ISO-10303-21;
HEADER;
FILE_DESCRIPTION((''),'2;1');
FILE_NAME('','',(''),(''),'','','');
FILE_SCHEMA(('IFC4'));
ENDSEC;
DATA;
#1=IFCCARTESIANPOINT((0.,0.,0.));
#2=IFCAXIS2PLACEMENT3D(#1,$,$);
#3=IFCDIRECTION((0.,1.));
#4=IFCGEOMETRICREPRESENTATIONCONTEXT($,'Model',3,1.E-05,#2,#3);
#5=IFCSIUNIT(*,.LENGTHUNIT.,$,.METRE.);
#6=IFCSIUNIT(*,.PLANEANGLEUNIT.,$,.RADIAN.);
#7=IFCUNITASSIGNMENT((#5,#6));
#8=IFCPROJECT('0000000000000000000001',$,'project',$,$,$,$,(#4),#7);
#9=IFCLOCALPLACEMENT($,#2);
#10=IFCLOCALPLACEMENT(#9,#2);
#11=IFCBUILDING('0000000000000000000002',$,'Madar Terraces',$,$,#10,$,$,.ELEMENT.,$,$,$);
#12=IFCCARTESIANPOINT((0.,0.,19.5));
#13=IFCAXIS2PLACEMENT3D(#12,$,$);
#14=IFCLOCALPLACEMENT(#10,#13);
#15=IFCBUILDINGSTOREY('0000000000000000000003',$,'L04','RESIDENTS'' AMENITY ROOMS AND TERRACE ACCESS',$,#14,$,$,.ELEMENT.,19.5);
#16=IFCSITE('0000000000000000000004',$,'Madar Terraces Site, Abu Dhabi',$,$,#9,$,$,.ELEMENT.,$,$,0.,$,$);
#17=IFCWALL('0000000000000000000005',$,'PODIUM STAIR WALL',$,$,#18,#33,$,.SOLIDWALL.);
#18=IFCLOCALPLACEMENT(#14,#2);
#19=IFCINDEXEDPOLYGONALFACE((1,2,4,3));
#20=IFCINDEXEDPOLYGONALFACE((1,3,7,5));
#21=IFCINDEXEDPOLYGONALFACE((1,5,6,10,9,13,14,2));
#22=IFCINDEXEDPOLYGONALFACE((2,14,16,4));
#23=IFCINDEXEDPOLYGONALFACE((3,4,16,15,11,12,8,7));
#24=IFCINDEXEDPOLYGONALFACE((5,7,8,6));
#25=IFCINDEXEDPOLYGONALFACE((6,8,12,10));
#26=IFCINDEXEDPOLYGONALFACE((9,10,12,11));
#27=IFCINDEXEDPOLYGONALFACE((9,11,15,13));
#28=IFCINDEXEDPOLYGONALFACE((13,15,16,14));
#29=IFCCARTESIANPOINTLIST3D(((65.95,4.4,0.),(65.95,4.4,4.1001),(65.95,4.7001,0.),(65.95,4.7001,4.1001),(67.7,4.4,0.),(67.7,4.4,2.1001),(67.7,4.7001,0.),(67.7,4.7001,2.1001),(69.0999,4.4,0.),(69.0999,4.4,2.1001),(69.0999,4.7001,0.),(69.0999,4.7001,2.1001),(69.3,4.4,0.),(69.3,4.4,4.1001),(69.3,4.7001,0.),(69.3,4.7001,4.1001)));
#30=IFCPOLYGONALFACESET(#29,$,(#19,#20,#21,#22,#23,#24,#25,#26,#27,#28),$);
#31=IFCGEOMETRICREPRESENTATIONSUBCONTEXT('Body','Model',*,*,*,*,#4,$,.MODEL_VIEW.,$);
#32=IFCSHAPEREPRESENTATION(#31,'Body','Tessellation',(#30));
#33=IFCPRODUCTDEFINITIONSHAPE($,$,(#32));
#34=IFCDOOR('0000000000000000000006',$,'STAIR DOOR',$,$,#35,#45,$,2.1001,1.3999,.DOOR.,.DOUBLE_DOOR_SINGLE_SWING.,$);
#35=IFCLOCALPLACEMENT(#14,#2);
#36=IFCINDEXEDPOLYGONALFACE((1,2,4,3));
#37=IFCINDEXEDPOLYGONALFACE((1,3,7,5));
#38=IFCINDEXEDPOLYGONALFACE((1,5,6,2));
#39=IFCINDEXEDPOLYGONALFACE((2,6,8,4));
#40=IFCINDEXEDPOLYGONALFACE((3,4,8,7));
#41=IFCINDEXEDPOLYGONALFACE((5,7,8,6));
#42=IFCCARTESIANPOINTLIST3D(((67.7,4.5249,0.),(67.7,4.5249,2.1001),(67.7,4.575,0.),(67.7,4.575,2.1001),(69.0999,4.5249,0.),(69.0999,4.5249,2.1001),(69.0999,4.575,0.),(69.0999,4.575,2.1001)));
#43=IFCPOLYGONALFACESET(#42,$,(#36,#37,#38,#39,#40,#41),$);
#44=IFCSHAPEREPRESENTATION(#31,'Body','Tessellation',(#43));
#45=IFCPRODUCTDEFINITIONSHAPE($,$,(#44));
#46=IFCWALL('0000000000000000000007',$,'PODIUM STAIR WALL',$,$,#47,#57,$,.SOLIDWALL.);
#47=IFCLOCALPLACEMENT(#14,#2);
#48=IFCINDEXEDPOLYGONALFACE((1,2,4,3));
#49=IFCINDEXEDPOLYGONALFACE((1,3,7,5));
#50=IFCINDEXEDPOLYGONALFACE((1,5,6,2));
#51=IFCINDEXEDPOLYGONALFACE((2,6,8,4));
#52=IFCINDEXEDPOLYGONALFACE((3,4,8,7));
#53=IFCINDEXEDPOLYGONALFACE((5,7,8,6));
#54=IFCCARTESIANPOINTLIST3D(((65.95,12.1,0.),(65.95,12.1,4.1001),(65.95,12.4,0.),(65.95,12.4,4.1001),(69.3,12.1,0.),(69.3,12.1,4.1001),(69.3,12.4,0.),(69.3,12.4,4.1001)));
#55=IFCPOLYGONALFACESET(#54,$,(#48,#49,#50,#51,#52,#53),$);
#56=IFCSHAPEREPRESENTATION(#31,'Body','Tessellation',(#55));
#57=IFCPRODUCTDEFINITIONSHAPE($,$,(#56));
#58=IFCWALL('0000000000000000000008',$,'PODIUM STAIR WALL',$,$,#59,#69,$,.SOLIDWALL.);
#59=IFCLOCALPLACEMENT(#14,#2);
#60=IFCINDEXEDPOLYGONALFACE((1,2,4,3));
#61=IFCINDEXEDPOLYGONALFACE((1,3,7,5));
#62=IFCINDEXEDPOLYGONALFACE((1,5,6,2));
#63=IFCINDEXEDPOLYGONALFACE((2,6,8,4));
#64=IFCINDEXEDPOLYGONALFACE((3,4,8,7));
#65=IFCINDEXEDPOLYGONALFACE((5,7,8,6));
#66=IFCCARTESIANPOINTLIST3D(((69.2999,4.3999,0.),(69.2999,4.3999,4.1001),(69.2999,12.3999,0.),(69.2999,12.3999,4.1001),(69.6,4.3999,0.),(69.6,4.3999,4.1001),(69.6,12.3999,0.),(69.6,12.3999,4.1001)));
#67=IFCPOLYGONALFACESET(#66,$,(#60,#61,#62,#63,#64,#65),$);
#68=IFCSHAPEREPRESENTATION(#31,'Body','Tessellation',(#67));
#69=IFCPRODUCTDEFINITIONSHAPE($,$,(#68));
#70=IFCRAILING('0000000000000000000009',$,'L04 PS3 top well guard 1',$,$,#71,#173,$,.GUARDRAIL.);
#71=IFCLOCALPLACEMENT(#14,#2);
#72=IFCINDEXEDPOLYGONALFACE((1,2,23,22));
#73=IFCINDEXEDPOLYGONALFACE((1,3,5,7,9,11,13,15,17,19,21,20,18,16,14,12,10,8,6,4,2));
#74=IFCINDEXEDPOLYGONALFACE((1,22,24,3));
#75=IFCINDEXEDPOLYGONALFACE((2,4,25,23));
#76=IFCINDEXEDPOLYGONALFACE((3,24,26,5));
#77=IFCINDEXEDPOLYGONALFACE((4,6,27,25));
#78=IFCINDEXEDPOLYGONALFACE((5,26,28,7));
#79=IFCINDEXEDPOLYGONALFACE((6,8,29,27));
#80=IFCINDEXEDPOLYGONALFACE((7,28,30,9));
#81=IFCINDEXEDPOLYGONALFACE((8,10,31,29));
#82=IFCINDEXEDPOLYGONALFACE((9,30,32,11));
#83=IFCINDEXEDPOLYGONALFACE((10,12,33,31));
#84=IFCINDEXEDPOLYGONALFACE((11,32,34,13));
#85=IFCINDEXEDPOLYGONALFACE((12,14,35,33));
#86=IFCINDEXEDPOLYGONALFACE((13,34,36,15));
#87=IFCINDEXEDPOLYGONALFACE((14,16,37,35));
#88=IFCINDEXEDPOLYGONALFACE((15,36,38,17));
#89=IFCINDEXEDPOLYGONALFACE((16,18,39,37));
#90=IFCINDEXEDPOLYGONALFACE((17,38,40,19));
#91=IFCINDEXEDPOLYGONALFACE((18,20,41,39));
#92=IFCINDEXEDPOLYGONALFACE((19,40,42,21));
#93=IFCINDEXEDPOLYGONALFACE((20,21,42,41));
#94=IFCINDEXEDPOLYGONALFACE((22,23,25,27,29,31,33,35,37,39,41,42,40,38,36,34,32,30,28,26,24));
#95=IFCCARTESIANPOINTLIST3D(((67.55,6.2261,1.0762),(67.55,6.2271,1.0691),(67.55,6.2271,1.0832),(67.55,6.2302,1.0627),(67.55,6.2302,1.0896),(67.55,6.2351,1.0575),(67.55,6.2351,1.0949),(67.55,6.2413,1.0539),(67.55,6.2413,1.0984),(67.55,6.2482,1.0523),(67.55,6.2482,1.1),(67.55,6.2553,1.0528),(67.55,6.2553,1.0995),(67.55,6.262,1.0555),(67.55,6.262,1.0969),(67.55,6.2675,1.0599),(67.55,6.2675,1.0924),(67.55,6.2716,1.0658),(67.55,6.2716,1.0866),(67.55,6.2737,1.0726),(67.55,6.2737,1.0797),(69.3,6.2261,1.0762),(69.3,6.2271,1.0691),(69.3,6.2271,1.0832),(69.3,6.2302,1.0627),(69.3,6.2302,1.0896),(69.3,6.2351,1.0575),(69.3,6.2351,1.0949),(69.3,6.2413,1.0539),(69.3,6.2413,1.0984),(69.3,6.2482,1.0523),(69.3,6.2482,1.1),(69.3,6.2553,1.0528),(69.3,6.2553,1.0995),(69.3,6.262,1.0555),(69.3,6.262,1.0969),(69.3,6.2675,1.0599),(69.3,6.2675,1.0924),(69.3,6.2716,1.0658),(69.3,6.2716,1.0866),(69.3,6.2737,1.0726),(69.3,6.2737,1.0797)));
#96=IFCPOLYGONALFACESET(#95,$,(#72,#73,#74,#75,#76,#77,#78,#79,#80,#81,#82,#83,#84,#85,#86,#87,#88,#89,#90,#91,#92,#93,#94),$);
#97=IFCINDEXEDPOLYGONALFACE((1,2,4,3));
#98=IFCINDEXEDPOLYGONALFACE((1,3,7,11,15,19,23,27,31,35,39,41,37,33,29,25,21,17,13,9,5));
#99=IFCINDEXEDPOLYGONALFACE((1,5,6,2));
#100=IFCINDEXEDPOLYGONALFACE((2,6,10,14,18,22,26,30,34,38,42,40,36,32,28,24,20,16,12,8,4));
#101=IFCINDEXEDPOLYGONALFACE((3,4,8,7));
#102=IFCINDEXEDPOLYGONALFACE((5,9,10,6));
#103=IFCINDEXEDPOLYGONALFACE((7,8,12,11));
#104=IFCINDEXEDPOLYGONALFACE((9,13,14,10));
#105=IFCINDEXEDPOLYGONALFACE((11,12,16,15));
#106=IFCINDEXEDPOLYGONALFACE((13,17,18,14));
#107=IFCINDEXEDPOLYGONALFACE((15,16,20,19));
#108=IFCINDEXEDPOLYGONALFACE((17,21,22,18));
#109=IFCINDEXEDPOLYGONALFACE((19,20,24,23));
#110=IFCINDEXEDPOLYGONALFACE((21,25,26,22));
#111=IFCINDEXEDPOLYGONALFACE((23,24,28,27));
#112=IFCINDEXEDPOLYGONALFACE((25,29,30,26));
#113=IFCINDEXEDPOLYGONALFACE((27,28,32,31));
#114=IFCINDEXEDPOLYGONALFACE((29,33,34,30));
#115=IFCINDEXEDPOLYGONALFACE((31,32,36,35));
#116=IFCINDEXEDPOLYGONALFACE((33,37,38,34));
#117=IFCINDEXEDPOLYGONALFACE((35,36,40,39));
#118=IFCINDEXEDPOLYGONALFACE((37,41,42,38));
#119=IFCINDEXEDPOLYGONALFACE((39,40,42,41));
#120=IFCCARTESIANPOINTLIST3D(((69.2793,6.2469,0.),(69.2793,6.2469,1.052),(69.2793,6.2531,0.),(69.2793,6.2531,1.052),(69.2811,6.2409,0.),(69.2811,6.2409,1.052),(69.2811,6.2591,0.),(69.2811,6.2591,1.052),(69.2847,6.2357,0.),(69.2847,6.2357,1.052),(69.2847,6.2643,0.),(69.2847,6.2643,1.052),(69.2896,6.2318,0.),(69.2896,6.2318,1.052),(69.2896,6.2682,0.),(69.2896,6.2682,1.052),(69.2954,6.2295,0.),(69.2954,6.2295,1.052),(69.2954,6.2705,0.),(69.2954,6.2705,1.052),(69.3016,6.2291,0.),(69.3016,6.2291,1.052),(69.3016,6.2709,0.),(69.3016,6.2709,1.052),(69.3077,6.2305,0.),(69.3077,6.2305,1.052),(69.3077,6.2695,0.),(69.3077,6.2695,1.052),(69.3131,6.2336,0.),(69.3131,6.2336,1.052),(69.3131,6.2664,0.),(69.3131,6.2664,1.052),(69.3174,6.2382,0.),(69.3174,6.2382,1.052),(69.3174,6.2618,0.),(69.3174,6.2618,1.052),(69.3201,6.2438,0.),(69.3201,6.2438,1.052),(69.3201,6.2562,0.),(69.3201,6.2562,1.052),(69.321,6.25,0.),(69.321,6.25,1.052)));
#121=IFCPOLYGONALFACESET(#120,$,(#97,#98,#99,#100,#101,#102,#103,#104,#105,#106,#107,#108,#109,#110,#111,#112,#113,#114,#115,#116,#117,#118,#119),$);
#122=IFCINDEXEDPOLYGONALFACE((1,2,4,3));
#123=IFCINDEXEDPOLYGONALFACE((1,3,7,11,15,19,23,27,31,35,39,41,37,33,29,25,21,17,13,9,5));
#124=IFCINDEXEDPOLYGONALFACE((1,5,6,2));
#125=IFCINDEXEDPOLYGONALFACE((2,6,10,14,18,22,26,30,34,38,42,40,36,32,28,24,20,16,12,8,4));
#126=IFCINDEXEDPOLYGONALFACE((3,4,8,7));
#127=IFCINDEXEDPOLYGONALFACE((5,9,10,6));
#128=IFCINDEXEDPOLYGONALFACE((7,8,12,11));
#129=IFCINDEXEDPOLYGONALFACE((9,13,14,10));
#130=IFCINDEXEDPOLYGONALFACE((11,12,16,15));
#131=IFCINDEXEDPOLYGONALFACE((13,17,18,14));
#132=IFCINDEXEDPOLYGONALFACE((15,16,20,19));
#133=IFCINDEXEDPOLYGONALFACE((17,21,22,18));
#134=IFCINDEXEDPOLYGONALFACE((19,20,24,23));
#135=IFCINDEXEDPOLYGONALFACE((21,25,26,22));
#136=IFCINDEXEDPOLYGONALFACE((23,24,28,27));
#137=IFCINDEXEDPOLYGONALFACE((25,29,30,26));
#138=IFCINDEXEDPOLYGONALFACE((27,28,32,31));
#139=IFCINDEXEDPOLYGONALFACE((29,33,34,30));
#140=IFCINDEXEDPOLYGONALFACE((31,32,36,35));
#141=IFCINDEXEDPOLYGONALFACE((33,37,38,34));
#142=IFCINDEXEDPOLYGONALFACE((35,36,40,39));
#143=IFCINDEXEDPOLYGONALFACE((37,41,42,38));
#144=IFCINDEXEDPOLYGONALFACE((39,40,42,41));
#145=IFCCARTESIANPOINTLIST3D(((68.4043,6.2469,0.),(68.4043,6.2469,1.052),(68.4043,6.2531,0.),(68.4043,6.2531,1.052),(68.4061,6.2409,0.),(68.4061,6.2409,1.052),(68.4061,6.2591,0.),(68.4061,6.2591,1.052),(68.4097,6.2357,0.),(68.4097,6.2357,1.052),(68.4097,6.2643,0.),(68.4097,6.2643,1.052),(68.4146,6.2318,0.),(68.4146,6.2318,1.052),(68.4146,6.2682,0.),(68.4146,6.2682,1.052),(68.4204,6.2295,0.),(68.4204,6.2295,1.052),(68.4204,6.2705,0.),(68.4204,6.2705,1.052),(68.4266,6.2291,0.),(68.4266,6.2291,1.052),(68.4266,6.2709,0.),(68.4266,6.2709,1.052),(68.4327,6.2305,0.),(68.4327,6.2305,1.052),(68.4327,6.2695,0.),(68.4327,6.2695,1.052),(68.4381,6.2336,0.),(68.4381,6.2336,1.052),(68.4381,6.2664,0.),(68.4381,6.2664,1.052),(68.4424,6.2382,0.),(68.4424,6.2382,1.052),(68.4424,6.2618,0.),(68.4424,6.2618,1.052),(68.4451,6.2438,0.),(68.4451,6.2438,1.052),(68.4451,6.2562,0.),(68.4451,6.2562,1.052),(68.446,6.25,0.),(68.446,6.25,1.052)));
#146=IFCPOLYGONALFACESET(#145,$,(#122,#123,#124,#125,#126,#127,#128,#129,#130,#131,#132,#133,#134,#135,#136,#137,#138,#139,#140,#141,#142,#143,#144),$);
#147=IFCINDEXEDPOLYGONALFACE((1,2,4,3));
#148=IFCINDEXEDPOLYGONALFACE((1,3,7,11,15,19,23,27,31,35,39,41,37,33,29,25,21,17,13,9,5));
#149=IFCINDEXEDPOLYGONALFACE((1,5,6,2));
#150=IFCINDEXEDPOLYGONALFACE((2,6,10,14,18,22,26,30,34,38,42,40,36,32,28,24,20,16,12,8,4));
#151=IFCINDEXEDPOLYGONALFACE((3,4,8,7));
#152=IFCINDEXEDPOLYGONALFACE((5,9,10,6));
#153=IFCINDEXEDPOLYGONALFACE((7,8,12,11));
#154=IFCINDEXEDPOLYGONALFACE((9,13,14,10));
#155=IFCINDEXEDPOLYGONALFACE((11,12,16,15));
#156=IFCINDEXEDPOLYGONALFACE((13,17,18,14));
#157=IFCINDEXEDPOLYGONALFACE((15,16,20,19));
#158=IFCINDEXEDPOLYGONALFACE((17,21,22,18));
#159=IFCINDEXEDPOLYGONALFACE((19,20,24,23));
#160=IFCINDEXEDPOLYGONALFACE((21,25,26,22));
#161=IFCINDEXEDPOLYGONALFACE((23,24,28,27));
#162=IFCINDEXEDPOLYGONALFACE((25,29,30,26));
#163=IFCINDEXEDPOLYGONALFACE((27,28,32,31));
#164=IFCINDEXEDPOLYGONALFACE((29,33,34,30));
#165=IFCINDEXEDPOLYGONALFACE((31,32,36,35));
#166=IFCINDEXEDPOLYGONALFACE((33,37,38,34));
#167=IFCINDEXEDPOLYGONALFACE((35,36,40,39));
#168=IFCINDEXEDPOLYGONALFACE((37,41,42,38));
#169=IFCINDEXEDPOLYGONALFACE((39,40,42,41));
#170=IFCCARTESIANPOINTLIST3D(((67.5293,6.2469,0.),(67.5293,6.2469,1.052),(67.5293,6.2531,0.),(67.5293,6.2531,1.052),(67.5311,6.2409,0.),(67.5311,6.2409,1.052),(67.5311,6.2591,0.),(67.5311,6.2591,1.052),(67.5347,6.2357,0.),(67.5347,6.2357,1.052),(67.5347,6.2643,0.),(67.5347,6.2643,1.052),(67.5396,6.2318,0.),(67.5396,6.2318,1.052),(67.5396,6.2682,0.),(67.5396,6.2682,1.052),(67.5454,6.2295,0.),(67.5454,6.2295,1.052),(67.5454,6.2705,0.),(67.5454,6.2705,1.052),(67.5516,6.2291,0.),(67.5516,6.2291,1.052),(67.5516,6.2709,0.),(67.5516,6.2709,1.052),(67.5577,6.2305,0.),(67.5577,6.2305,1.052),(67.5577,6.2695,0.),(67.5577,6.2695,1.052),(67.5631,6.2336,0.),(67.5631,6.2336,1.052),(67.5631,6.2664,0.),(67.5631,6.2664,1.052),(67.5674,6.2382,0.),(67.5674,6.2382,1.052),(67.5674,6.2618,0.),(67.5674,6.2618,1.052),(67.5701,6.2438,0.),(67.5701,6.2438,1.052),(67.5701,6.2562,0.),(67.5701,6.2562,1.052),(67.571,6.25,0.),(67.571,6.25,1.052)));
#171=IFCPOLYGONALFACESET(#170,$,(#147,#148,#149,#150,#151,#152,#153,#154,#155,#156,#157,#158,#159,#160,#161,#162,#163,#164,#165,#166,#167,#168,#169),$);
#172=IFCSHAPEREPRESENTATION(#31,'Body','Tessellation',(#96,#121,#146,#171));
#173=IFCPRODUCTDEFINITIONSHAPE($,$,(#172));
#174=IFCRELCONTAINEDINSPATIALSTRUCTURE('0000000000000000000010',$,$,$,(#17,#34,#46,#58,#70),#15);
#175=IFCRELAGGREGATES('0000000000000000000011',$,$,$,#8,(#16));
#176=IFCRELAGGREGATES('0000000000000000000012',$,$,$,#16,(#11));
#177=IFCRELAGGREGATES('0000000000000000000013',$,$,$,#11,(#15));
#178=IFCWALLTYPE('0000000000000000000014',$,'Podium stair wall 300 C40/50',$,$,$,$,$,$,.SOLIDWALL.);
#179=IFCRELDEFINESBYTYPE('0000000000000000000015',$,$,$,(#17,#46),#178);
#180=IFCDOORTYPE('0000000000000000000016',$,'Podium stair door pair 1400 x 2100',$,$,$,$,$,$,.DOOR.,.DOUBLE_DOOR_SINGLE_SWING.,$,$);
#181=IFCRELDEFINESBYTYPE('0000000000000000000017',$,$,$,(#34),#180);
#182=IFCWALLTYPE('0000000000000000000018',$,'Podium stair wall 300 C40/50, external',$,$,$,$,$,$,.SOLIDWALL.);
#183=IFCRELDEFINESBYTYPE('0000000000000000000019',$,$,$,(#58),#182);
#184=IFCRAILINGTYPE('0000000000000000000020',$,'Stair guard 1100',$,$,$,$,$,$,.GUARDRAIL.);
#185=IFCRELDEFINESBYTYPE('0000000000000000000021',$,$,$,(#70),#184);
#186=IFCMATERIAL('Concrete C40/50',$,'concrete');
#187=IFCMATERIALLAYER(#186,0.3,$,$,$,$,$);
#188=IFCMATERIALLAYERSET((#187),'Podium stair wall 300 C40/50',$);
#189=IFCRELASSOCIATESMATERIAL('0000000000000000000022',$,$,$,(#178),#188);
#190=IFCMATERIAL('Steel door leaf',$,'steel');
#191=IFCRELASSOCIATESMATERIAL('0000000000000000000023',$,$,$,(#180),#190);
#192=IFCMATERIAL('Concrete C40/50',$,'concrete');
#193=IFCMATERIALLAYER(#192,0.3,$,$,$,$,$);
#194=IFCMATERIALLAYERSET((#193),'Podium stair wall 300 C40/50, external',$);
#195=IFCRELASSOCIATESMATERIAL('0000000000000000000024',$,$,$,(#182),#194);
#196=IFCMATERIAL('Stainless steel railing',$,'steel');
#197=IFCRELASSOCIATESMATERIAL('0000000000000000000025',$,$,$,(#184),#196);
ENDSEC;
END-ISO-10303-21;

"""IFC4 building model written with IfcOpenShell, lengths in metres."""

from ifc_helpers import new_model, si_unit, direction, frame, frame_2d, origin, origin_2d, place, context, subcontext, project, spatial, rectangle, circle, extrude, material, layer, layer_set, type_object, element, fill, save


model = new_model("IFC4")

# Units and contexts
model_context = context("Model", 3, precision=1e-05, world=origin(), true_north=direction((0.0, 1.0)))
body_context = subcontext(model_context, "Body", "Model", "MODEL_VIEW")
ifc_project = project(units=[si_unit("LENGTHUNIT", "METRE"), si_unit("PLANEANGLEUNIT", "RADIAN")], contexts=[model_context])

# Site, building, storey
site_placement = place(None, origin())
site = spatial("IfcSite", under=ifc_project, at=site_placement, Name="Madar Terraces Site, Abu Dhabi", CompositionType="ELEMENT", RefElevation=0.0)
building_placement = place(site_placement, origin())
building = spatial("IfcBuilding", under=site, at=building_placement, Name="Madar Terraces", CompositionType="ELEMENT")
storey_placement = place(building_placement, frame((0.0, 0.0, 19.5)))
storey = spatial("IfcBuildingStorey", under=building, at=storey_placement, Name="L04", Description="RESIDENTS' AMENITY ROOMS AND TERRACE ACCESS", CompositionType="ELEMENT", Elevation=19.5)

# Wall, opening, door
ifc_material_1 = material(Name="Concrete C40/50", Category="concrete")
ifc_layer_1 = layer(ifc_material_1, 0.3)
ifc_layer_set_1 = layer_set([ifc_layer_1], Name="Podium stair wall 300 C40/50")
wall_type_1 = type_object("IfcWallType", Name="Podium stair wall 300 C40/50", PredefinedType="SOLIDWALL", material=ifc_layer_set_1)
ifc_material_2 = material(Name="Steel door leaf", Category="steel")
door_type_1 = type_object("IfcDoorType", Name="Podium stair door pair 1400 x 2100", OperationType="DOUBLE_DOOR_SINGLE_SWING", PredefinedType="DOOR", material=ifc_material_2)
wall_1_placement = place(storey_placement, frame((65.95, 4.55, 0.0), z_axis=(0.0, 0.0, 1.0), x_axis=(1.0, 0.0, 0.0)))
wall_1 = element("IfcWall", 1, at=wall_1_placement, inside=storey, type_object=wall_type_1, Name="PODIUM STAIR WALL", PredefinedType="SOLIDWALL", context=body_context, shape_type="SweptSolid", body=[
    extrude(rectangle(XDim=3.3501, YDim=0.3, at=frame_2d((1.675, 0.0))), origin(), (0.0, 0.0, 1.0), 4.1001),
])
opening_1_placement = place(wall_1_placement, frame((1.75, 0.0, 0.0)))
opening_1 = element("IfcOpeningElement", 2, at=opening_1_placement, cuts=wall_1, PredefinedType="OPENING", context=body_context, shape_type="SweptSolid", body=[
    extrude(rectangle(XDim=1.3999, YDim=2.1001, at=frame_2d((0.7, 1.05))), frame((0.0, 0.1599, 0.0), z_axis=(0.0, -1.0, 0.0), x_axis=(1.0, 0.0, 0.0)), (0.0, 0.0, 1.0), 0.3201),
])
door_1_placement = place(opening_1_placement, origin())
door_1 = element("IfcDoor", 3, at=door_1_placement, inside=storey, type_object=door_type_1, Name="STAIR DOOR", OperationType="DOUBLE_DOOR_SINGLE_SWING", OverallHeight=2.1001, OverallWidth=1.3999, PredefinedType="DOOR", context=body_context, shape_type="SweptSolid", body=[
    extrude(rectangle(XDim=1.3999, YDim=2.1001, at=frame_2d((0.7, 1.05))), frame((0.0, 0.0249, 0.0), z_axis=(0.0, -1.0, 0.0), x_axis=(1.0, 0.0, 0.0)), (0.0, 0.0, 1.0), 0.05),
])
fill(opening_1, door_1)

# Walls
wall_2_placement = place(storey_placement, frame((65.95, 12.25, 0.0), z_axis=(0.0, 0.0, 1.0), x_axis=(1.0, 0.0, 0.0)))
element("IfcWall", 4, at=wall_2_placement, inside=storey, type_object=wall_type_1, Name="PODIUM STAIR WALL", PredefinedType="SOLIDWALL", context=body_context, shape_type="SweptSolid", body=[
    extrude(rectangle(XDim=3.3501, YDim=0.3, at=frame_2d((1.675, 0.0))), origin(), (0.0, 0.0, 1.0), 4.1001),
])
ifc_material_3 = material(Name="Concrete C40/50", Category="concrete")
ifc_layer_2 = layer(ifc_material_3, 0.3)
ifc_layer_set_2 = layer_set([ifc_layer_2], Name="Podium stair wall 300 C40/50, external")
wall_type_2 = type_object("IfcWallType", Name="Podium stair wall 300 C40/50, external", PredefinedType="SOLIDWALL", material=ifc_layer_set_2)
wall_3_placement = place(storey_placement, frame((69.45, 4.3999, 0.0), z_axis=(0.0, 0.0, 1.0), x_axis=(0.0, 1.0, 0.0)))
element("IfcWall", 5, at=wall_3_placement, inside=storey, type_object=wall_type_2, Name="PODIUM STAIR WALL", PredefinedType="SOLIDWALL", context=body_context, shape_type="SweptSolid", body=[
    extrude(rectangle(XDim=8.0, YDim=0.3, at=frame_2d((4.0, 0.0))), origin(), (0.0, 0.0, 1.0), 4.1001),
])

# Railing
ifc_material_4 = material(Name="Stainless steel railing", Category="steel")
railing_type = type_object("IfcRailingType", Name="Stair guard 1100", PredefinedType="GUARDRAIL", material=ifc_material_4)
railing_placement = place(storey_placement, frame((69.3, 6.25, 0.0)))
element("IfcRailing", 6, at=railing_placement, inside=storey, type_object=railing_type, Name="L04 PS3 top well guard 1", PredefinedType="GUARDRAIL", context=body_context, shape_type="SweptSolid", body=[
    extrude(circle(Radius=0.0239, at=origin_2d()), frame((0.0, 0.0, 1.0762), z_axis=(-1.0, 0.0, 0.0), x_axis=(0.0, -1.0, 0.0)), (0.0, 0.0, 1.0), 1.75),
    extrude(circle(Radius=0.021, at=origin_2d()), origin(), (0.0, 0.0, 1.0), 1.052),
    extrude(circle(Radius=0.021, at=origin_2d()), frame((-0.875, 0.0, 0.0)), (0.0, 0.0, 1.0), 1.052),
    extrude(circle(Radius=0.021, at=origin_2d()), frame((-1.75, 0.0, 0.0)), (0.0, 0.0, 1.0), 1.052),
])

save(model, "model.ifc")
